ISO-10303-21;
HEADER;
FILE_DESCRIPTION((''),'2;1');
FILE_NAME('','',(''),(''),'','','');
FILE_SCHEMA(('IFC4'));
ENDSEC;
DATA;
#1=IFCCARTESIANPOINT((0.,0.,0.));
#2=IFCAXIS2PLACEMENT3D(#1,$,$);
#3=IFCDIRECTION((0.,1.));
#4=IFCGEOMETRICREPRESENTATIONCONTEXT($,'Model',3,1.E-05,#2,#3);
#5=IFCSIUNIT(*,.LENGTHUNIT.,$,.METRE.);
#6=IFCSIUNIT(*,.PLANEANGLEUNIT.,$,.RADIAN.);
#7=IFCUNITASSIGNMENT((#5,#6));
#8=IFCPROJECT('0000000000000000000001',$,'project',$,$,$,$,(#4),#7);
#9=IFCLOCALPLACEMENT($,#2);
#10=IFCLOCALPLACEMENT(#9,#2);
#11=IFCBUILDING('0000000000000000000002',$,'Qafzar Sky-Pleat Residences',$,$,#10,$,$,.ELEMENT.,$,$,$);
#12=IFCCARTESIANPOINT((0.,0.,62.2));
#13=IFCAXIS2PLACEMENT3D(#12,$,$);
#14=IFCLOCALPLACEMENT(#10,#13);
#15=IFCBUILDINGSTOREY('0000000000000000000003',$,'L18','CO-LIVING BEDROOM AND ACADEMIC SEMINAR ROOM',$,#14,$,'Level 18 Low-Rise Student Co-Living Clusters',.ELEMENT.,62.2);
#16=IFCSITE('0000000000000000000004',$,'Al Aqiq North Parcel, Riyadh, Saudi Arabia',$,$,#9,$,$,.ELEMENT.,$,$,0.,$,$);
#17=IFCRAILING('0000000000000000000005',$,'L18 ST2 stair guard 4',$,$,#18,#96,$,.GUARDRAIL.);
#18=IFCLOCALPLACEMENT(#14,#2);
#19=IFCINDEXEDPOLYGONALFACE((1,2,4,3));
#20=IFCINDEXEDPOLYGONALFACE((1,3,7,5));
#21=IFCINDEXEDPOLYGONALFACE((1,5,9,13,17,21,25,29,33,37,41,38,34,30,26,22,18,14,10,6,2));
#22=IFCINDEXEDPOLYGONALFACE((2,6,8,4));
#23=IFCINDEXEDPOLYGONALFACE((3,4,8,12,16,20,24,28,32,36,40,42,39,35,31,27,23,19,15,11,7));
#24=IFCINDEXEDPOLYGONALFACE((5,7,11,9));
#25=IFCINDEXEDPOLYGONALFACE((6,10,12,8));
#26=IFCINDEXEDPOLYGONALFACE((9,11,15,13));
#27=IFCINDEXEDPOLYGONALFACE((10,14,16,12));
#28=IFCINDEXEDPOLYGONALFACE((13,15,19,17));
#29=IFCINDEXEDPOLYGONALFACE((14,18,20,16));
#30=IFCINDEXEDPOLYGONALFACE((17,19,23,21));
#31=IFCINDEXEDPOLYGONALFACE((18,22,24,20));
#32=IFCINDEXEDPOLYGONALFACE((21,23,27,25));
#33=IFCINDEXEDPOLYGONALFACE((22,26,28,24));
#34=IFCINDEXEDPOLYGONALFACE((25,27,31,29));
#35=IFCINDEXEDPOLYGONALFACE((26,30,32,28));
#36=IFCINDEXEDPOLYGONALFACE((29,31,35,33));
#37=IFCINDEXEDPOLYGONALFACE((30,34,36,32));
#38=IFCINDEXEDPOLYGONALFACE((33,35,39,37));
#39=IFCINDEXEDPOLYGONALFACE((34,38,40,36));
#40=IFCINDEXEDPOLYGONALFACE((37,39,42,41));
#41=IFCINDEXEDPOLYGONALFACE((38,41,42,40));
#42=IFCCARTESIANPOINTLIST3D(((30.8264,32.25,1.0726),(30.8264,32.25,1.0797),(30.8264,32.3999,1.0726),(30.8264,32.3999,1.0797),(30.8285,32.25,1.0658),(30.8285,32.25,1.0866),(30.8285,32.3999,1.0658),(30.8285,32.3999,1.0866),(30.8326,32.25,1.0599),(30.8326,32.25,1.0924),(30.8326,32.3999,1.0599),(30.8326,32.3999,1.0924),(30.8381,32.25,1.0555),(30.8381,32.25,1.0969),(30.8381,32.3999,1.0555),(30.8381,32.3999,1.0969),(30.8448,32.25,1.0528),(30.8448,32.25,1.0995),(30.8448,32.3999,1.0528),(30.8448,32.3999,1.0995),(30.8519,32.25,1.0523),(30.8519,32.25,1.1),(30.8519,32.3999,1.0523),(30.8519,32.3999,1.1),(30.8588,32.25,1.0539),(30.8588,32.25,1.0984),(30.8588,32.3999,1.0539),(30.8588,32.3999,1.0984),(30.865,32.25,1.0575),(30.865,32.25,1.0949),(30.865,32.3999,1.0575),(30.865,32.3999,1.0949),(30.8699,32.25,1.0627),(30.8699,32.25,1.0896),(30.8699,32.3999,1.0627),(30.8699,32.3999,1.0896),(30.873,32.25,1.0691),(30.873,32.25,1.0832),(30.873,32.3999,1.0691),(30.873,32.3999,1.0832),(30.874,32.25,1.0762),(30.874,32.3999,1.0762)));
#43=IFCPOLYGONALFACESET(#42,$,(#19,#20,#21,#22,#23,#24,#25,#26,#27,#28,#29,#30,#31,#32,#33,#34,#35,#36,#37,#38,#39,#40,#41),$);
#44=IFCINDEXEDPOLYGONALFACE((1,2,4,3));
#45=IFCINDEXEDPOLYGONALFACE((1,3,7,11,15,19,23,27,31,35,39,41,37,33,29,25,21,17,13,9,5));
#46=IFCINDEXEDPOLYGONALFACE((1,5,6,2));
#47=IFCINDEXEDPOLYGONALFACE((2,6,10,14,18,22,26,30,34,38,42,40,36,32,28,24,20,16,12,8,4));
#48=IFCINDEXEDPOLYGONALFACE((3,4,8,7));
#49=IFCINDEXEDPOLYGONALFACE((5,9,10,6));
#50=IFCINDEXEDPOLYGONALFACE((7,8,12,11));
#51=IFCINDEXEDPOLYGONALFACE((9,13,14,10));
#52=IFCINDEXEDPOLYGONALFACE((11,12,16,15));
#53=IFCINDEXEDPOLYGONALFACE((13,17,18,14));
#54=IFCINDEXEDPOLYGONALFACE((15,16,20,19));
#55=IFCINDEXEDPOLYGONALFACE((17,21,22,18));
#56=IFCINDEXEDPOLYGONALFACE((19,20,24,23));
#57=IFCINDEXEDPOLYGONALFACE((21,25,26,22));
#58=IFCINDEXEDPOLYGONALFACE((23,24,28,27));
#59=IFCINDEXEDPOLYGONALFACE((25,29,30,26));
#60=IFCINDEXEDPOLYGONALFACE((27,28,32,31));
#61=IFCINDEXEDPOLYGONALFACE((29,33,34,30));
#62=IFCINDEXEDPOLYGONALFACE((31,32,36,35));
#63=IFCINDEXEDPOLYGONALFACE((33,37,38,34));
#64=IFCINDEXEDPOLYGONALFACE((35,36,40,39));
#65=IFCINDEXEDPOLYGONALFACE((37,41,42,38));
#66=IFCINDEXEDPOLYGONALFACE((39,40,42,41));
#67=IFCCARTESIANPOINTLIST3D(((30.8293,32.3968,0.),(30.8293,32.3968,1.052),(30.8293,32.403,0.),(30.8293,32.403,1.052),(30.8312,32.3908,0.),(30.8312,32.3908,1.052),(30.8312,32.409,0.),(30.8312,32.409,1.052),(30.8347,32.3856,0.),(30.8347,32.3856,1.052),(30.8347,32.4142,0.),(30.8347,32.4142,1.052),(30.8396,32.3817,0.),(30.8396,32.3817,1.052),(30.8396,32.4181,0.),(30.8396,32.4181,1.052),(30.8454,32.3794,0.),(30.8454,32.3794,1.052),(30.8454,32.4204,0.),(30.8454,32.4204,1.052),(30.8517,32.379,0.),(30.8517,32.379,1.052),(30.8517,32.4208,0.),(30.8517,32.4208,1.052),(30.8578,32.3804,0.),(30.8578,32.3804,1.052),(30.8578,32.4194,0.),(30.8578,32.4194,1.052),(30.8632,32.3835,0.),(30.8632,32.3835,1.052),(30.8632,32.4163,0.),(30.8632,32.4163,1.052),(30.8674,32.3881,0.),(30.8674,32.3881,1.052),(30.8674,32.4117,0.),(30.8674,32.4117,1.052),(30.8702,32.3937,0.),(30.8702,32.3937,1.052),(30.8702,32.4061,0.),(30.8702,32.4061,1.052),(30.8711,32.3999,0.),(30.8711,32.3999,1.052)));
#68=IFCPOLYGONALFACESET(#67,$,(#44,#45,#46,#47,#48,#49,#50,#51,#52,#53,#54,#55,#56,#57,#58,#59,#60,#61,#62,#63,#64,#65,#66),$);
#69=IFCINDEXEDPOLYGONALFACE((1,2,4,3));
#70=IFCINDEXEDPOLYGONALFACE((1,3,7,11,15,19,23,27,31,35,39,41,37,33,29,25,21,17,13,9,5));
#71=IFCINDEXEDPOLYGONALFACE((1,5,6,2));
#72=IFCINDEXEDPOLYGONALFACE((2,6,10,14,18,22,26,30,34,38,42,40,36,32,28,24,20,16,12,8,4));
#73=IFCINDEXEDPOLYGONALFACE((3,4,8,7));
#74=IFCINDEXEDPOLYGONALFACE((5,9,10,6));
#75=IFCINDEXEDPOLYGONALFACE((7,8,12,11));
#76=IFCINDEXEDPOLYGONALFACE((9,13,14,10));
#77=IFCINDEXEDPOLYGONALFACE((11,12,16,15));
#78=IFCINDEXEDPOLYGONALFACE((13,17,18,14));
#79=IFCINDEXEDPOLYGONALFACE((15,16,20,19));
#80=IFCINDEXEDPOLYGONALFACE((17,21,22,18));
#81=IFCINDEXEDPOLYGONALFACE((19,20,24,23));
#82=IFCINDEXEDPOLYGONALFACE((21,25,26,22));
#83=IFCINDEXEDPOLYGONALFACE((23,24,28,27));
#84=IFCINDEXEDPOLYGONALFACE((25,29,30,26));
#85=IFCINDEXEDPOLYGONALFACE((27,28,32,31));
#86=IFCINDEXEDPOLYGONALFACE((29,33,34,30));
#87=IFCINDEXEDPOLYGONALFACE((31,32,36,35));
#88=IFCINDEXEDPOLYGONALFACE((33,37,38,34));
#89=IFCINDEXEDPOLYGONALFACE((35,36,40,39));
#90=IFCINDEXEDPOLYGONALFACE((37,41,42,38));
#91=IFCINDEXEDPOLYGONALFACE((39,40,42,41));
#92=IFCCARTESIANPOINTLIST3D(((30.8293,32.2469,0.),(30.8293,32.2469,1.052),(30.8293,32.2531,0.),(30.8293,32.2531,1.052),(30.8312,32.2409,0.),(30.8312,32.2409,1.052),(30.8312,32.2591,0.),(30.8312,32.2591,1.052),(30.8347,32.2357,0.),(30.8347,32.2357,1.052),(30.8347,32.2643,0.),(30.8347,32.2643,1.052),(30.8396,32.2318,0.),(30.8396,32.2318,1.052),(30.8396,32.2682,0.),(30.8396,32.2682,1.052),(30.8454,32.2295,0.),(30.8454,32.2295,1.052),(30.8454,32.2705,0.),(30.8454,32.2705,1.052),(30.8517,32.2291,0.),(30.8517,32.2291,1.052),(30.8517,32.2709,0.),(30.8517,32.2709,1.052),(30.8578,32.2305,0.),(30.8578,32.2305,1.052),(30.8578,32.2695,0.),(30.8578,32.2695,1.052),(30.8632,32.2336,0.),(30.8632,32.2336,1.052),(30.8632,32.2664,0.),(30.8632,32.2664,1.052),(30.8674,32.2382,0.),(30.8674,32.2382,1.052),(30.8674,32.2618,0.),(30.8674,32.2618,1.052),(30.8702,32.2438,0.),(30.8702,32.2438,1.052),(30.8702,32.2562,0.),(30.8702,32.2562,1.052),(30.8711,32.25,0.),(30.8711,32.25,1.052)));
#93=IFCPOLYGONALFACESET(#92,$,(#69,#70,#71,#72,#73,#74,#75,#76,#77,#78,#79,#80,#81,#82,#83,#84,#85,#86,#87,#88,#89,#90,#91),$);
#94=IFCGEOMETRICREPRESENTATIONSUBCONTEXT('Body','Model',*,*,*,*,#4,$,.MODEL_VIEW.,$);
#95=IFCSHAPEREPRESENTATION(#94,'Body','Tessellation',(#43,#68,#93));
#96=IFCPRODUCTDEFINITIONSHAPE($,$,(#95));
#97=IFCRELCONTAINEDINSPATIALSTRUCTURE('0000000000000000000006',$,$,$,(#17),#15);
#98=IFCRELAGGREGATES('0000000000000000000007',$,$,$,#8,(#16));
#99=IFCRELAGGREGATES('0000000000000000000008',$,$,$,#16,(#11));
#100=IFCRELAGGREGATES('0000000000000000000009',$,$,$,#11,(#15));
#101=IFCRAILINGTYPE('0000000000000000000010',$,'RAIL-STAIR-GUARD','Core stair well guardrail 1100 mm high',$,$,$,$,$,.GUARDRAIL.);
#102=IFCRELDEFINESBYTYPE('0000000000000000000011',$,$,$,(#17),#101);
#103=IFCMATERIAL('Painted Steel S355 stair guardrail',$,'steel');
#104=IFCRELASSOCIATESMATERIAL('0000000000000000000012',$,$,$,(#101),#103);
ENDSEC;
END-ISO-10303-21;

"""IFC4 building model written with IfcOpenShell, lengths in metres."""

from ifc_helpers import new_model, si_unit, direction, frame, origin, origin_2d, place, context, subcontext, project, spatial, circle, extrude, source, transform, mapped, material, type_object, element, save


model = new_model("IFC4")

# Units and contexts
model_context = context("Model", 3, precision=1e-05, world=origin(), true_north=direction((0.0, 1.0)))
body_context = subcontext(model_context, "Body", "Model", "MODEL_VIEW")
ifc_project = project(units=[si_unit("LENGTHUNIT", "METRE"), si_unit("PLANEANGLEUNIT", "RADIAN")], contexts=[model_context])

# Site, building, storey
site_placement = place(None, origin())
site = spatial("IfcSite", under=ifc_project, at=site_placement, Name="Al Aqiq North Parcel, Riyadh, Saudi Arabia", CompositionType="ELEMENT", RefElevation=0.0)
building_placement = place(site_placement, origin())
building = spatial("IfcBuilding", under=site, at=building_placement, Name="Qafzar Sky-Pleat Residences", CompositionType="ELEMENT")
storey_placement = place(building_placement, frame((0.0, 0.0, 62.2)))
storey = spatial("IfcBuildingStorey", under=building, at=storey_placement, Name="L18", Description="CO-LIVING BEDROOM AND ACADEMIC SEMINAR ROOM", LongName="Level 18 Low-Rise Student Co-Living Clusters", CompositionType="ELEMENT", Elevation=62.2)

# Railing
ifc_material_1 = material(Name="Painted Steel S355 stair guardrail", Category="steel")
railing_type_1 = type_object("IfcRailingType", Name="RAIL-STAIR-GUARD", Description="Core stair well guardrail 1100 mm high", PredefinedType="GUARDRAIL", material=ifc_material_1)
shared_shape_1 = source(origin(), body_context, "Body", "SweptSolid", [
    extrude(circle(Radius=0.0239, at=origin_2d()), frame((0.0, 0.0, 1.0762), z_axis=(0.0, -1.0, 0.0), x_axis=(1.0, 0.0, 0.0)), (0.0, 0.0, 1.0), 0.1499),
    extrude(circle(Radius=0.021, at=origin_2d()), origin(), (0.0, 0.0, 1.0), 1.052),
    extrude(circle(Radius=0.021, at=origin_2d()), frame((0.0, -0.1499, 0.0)), (0.0, 0.0, 1.0), 1.052),
])
railing_1_placement = place(storey_placement, frame((30.8501, 32.3999, 0.0)))
element("IfcRailing", 1, at=railing_1_placement, inside=storey, type_object=railing_type_1, Name="L18 ST2 stair guard 4", PredefinedType="GUARDRAIL", context=body_context, shape_type="MappedRepresentation", body=[
    mapped(shared_shape_1, transform((0.0, 0.0, 0.0), x_axis=(1.0, 0.0, 0.0), y_axis=(0.0, 1.0, 0.0), z_axis=(0.0, 0.0, 1.0), scale=1.0)),
])

save(model, "model.ifc")
